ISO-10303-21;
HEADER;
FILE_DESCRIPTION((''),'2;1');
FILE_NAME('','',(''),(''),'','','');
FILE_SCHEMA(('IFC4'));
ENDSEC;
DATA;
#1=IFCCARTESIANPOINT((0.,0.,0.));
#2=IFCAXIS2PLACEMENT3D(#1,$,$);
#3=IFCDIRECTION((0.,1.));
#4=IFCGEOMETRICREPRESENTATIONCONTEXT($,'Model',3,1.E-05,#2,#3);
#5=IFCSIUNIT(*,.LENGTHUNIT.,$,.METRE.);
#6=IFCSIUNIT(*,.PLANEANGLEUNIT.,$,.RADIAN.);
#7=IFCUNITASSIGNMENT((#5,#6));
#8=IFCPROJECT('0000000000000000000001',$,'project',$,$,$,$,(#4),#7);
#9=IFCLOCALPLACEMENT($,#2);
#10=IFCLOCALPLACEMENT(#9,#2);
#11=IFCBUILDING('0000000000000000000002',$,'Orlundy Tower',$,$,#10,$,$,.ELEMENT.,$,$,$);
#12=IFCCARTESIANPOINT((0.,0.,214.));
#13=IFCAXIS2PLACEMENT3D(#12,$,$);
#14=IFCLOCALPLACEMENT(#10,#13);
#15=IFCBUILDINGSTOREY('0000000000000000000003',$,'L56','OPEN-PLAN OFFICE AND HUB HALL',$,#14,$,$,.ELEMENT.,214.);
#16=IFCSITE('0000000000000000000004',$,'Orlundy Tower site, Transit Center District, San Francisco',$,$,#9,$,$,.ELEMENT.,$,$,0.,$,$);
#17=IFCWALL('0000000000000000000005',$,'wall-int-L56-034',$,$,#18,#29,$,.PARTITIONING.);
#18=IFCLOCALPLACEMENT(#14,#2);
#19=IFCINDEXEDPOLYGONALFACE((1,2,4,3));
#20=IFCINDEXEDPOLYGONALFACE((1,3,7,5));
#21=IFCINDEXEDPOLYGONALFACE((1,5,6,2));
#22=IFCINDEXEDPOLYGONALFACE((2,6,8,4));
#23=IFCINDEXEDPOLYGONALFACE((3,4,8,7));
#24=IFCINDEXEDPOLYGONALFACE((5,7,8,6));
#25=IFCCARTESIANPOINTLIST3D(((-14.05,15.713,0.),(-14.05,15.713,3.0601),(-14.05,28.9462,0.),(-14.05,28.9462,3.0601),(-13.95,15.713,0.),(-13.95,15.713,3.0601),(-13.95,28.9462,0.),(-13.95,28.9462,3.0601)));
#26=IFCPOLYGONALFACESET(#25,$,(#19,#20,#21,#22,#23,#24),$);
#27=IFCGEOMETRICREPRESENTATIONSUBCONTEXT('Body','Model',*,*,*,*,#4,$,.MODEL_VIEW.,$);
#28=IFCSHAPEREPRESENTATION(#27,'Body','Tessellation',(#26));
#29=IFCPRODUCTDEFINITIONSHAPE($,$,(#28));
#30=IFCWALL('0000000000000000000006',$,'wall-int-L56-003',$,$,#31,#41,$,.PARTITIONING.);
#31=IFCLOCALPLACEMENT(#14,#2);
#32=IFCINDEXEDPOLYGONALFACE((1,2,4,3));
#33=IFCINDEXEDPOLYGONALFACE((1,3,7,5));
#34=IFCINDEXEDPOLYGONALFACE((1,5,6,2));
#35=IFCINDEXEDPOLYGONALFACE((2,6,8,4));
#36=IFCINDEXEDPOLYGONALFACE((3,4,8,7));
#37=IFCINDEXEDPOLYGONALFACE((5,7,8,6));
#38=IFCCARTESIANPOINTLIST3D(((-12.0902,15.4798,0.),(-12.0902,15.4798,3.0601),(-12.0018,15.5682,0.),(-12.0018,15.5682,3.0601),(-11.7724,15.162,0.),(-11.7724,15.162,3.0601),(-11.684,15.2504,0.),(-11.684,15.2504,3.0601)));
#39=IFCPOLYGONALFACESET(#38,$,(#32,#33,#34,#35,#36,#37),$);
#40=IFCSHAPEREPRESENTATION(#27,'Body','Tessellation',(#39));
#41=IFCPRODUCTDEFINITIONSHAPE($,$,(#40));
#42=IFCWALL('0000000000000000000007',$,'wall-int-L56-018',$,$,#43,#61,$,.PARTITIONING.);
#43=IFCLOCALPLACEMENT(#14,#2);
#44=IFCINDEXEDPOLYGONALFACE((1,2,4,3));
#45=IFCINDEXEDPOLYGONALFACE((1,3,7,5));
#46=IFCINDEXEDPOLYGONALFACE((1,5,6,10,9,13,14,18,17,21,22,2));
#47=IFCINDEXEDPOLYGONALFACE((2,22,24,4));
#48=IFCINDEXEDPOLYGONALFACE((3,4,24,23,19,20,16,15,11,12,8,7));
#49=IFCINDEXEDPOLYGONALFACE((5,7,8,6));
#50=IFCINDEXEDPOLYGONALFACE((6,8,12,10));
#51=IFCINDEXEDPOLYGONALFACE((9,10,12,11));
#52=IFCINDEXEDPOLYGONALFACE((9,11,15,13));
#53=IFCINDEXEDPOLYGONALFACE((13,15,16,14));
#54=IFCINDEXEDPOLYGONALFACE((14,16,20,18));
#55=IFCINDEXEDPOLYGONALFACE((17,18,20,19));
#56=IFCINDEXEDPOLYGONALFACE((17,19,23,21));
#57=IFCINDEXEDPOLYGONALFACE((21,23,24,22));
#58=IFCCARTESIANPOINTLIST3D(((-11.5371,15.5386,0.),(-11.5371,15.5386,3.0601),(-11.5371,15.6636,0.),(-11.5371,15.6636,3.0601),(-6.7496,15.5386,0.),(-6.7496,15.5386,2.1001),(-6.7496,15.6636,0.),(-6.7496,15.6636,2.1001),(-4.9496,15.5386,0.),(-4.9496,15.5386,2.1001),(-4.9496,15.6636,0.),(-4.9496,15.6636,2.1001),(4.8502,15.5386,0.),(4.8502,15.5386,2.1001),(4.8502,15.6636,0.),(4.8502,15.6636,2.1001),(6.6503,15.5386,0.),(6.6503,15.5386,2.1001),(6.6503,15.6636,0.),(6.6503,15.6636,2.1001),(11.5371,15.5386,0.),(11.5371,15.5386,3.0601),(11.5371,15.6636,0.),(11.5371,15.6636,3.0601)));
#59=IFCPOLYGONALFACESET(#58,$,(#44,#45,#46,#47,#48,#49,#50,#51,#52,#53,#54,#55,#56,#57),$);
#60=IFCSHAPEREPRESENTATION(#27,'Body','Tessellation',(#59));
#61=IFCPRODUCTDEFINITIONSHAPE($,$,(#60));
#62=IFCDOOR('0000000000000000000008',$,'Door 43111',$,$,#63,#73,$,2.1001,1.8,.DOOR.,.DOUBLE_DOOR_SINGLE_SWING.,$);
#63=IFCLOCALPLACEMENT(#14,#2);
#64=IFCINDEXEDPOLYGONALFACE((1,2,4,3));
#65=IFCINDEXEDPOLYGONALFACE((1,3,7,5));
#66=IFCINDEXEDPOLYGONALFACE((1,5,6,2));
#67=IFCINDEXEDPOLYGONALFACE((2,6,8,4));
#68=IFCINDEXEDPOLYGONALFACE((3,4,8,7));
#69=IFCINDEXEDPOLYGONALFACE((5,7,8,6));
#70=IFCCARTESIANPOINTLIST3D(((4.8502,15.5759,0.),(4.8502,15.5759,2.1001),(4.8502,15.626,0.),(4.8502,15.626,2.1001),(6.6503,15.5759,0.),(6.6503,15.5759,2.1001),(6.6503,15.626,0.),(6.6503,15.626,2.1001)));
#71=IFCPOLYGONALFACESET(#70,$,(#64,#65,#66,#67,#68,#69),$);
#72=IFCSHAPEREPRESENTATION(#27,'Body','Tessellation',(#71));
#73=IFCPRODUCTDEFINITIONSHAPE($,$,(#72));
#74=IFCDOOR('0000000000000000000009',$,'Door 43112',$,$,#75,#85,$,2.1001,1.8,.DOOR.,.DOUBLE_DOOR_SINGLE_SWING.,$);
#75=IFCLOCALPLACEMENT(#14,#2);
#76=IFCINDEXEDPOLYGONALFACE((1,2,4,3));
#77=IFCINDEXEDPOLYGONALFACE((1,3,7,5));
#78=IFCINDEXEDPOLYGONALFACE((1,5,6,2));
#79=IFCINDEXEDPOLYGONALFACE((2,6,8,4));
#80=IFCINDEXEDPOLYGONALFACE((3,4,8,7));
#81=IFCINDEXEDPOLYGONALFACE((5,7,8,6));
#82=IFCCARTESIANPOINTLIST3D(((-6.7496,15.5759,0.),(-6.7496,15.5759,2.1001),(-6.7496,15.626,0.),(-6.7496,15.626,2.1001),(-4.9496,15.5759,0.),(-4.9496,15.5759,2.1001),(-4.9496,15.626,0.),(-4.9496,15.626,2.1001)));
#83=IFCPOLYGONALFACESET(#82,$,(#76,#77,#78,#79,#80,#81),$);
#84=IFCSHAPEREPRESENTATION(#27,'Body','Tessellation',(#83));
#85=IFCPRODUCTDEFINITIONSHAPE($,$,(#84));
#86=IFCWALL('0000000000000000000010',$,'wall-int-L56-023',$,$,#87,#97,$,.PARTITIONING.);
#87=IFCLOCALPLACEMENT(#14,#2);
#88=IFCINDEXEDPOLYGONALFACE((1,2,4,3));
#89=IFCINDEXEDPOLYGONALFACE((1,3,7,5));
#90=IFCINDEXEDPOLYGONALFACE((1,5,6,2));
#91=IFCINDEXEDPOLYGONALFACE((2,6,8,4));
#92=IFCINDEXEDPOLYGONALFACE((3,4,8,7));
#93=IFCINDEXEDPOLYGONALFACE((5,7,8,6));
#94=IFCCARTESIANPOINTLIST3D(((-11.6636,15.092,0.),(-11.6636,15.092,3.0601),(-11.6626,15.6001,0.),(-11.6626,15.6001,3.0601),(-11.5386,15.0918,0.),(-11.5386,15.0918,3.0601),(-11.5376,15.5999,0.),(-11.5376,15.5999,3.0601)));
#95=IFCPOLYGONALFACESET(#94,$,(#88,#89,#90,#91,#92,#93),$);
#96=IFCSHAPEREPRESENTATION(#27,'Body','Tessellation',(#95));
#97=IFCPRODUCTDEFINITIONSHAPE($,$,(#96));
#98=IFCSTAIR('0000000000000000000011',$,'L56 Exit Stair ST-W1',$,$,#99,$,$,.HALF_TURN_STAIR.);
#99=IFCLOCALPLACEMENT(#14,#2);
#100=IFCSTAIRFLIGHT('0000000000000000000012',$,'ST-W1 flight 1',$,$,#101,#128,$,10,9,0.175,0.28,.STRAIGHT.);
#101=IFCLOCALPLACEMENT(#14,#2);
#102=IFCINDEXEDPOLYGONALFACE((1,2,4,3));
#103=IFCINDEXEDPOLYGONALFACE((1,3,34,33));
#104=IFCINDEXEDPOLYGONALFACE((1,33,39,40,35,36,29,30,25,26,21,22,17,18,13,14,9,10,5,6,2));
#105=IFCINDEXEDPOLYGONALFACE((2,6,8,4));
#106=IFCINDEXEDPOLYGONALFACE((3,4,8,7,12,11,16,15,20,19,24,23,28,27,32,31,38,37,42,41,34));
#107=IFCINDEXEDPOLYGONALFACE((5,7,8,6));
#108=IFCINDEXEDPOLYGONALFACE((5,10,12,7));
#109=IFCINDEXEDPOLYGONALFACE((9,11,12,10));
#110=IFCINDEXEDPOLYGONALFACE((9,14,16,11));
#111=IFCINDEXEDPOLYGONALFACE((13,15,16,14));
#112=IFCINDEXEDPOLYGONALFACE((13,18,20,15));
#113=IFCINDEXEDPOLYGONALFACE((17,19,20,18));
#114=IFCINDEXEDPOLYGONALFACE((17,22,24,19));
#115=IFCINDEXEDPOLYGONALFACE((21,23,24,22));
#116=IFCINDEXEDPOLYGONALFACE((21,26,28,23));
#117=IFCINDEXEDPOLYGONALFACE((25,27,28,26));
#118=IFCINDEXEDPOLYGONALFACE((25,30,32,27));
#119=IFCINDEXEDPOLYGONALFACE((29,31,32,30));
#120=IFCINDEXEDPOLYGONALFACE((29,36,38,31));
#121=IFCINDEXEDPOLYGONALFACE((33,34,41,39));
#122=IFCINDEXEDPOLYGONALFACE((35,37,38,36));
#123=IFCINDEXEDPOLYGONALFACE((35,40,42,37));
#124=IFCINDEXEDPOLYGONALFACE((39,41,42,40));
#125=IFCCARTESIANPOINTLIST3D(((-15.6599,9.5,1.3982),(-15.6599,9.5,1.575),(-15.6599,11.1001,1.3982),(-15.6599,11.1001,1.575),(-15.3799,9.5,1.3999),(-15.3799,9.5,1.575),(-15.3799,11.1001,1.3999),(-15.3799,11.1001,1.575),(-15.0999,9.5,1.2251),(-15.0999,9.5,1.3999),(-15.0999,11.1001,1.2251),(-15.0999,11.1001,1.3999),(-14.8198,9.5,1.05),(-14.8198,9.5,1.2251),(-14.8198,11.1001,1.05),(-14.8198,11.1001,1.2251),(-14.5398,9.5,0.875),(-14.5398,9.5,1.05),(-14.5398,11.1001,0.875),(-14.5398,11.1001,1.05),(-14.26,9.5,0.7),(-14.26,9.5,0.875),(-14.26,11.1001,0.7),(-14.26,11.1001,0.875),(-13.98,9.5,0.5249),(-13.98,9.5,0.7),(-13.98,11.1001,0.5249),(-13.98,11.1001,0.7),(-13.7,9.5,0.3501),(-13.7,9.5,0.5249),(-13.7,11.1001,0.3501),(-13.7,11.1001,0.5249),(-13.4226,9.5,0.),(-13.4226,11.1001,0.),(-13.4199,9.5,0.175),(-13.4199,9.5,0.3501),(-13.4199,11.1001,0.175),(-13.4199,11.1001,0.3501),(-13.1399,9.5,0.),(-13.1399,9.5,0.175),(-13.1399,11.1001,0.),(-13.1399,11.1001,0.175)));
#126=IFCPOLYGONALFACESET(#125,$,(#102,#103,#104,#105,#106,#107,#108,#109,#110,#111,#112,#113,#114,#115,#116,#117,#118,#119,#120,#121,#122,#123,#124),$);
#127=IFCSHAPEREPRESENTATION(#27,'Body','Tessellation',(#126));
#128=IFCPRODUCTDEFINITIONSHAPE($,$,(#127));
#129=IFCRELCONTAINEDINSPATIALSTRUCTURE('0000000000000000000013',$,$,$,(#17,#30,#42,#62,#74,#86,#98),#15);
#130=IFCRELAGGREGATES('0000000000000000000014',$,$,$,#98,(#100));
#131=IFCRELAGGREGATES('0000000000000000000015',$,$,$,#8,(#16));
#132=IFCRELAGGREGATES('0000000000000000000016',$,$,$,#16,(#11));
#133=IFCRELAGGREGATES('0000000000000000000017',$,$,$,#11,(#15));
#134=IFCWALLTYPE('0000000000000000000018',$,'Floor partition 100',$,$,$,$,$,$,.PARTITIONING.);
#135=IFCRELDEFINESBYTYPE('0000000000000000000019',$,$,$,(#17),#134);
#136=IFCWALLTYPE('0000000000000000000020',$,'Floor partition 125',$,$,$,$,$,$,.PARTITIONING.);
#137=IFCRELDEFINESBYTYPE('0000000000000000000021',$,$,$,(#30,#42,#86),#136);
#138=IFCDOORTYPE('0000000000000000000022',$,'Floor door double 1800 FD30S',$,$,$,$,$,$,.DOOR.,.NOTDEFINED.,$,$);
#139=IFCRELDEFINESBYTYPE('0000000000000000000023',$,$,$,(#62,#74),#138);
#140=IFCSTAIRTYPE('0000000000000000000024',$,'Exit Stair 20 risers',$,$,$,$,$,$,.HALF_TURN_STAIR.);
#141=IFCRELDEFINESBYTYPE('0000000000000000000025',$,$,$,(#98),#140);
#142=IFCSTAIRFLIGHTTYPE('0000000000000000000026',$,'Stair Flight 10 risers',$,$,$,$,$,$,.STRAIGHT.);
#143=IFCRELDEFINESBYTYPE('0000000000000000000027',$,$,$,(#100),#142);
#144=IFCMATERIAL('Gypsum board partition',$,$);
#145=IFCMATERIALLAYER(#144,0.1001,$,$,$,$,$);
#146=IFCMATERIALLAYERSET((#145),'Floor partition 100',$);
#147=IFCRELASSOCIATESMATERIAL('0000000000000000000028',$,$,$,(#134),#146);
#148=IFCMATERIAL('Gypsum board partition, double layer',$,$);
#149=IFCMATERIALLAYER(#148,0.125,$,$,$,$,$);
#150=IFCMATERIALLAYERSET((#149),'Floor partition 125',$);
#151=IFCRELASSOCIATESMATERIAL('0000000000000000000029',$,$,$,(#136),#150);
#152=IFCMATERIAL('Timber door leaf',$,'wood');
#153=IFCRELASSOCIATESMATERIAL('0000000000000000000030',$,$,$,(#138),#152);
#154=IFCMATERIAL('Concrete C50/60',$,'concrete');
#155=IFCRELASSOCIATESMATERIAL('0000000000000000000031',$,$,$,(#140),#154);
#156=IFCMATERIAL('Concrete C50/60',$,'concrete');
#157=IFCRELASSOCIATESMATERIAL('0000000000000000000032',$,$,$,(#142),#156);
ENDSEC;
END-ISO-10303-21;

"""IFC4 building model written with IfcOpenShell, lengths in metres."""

from ifc_helpers import new_model, si_unit, direction, frame, frame_2d, origin, place, context, subcontext, project, spatial, polyline, rectangle, outline, extrude, material, layer, layer_set, type_object, element, fill, aggregate, save


model = new_model("IFC4")

# Units and contexts
model_context = context("Model", 3, precision=1e-05, world=origin(), true_north=direction((0.0, 1.0)))
body_context = subcontext(model_context, "Body", "Model", "MODEL_VIEW")
ifc_project = project(units=[si_unit("LENGTHUNIT", "METRE"), si_unit("PLANEANGLEUNIT", "RADIAN")], contexts=[model_context])

# Site, building, storey
site_placement = place(None, origin())
site = spatial("IfcSite", under=ifc_project, at=site_placement, Name="Orlundy Tower site, Transit Center District, San Francisco", CompositionType="ELEMENT", RefElevation=0.0)
building_placement = place(site_placement, origin())
building = spatial("IfcBuilding", under=site, at=building_placement, Name="Orlundy Tower", CompositionType="ELEMENT")
storey_placement = place(building_placement, frame((0.0, 0.0, 214.0)))
storey = spatial("IfcBuildingStorey", under=building, at=storey_placement, Name="L56", Description="OPEN-PLAN OFFICE AND HUB HALL", CompositionType="ELEMENT", Elevation=214.0)

# Walls
ifc_material_1 = material(Name="Gypsum board partition")
ifc_layer_1 = layer(ifc_material_1, 0.1001)
ifc_layer_set_1 = layer_set([ifc_layer_1], Name="Floor partition 100")
wall_type_1 = type_object("IfcWallType", Name="Floor partition 100", PredefinedType="PARTITIONING", material=ifc_layer_set_1)
wall_1_placement = place(storey_placement, frame((-14.0, 15.7129, 0.0), z_axis=(0.0, 0.0, 1.0), x_axis=(0.0, 1.0, 0.0)))
element("IfcWall", 1, at=wall_1_placement, inside=storey, type_object=wall_type_1, Name="wall-int-L56-034", PredefinedType="PARTITIONING", context=body_context, shape_type="SweptSolid", body=[
    extrude(rectangle(XDim=13.2332, YDim=0.1001, at=frame_2d((6.6167, 0.0))), origin(), (0.0, 0.0, 1.0), 3.0601),
])
ifc_material_2 = material(Name="Gypsum board partition, double layer")
ifc_layer_2 = layer(ifc_material_2, 0.125)
ifc_layer_set_2 = layer_set([ifc_layer_2], Name="Floor partition 125")
wall_type_2 = type_object("IfcWallType", Name="Floor partition 125", PredefinedType="PARTITIONING", material=ifc_layer_set_2)
wall_2_placement = place(storey_placement, frame((-12.0459, 15.5239, 0.0), z_axis=(0.0, 0.0, 1.0), x_axis=(0.707107, -0.707107, 0.0)))
element("IfcWall", 2, at=wall_2_placement, inside=storey, type_object=wall_type_2, Name="wall-int-L56-003", PredefinedType="PARTITIONING", context=body_context, shape_type="SweptSolid", body=[
    extrude(rectangle(XDim=0.4495, YDim=0.125, at=frame_2d((0.2246, 0.0))), origin(), (0.0, 0.0, 1.0), 3.0601),
])

# Wall, openings, doors
wall_3_placement = place(storey_placement, frame((-11.5371, 15.6011, 0.0), z_axis=(0.0, 0.0, 1.0), x_axis=(1.0, 0.0, 0.0)))
wall_3 = element("IfcWall", 3, at=wall_3_placement, inside=storey, type_object=wall_type_2, Name="wall-int-L56-018", PredefinedType="PARTITIONING", context=body_context, shape_type="SweptSolid", body=[
    extrude(rectangle(XDim=23.0742, YDim=0.125, at=frame_2d((11.5371, 0.0))), origin(), (0.0, 0.0, 1.0), 3.0601),
])
opening_1_placement = place(wall_3_placement, frame((16.3875, 0.0, 0.0)))
opening_1 = element("IfcOpeningElement", 4, at=opening_1_placement, cuts=wall_3, PredefinedType="OPENING", context=body_context, shape_type="SweptSolid", body=[
    extrude(rectangle(XDim=1.8, YDim=2.1001, at=frame_2d((0.8999, 1.05))), frame((0.0, 0.0725, 0.0), z_axis=(0.0, -1.0, 0.0), x_axis=(1.0, 0.0, 0.0)), (0.0, 0.0, 1.0), 0.145),
])
opening_2_placement = place(wall_3_placement, frame((4.7876, 0.0, 0.0)))
opening_2 = element("IfcOpeningElement", 5, at=opening_2_placement, cuts=wall_3, PredefinedType="OPENING", context=body_context, shape_type="SweptSolid", body=[
    extrude(rectangle(XDim=1.8, YDim=2.1001, at=frame_2d((0.8999, 1.05))), frame((0.0, 0.0725, 0.0), z_axis=(0.0, -1.0, 0.0), x_axis=(1.0, 0.0, 0.0)), (0.0, 0.0, 1.0), 0.145),
])
ifc_material_3 = material(Name="Timber door leaf", Category="wood")
door_type = type_object("IfcDoorType", Name="Floor door double 1800 FD30S", OperationType="NOTDEFINED", PredefinedType="DOOR", material=ifc_material_3)
door_1_placement = place(opening_1_placement, origin())
door_1 = element("IfcDoor", 6, at=door_1_placement, inside=storey, type_object=door_type, Name="Door 43111", OperationType="DOUBLE_DOOR_SINGLE_SWING", OverallHeight=2.1001, OverallWidth=1.8, PredefinedType="DOOR", context=body_context, shape_type="SweptSolid", body=[
    extrude(rectangle(XDim=1.8, YDim=2.1001, at=frame_2d((0.8999, 1.05))), frame((0.0, 0.0249, 0.0), z_axis=(0.0, -1.0, 0.0), x_axis=(1.0, 0.0, 0.0)), (0.0, 0.0, 1.0), 0.05),
])
fill(opening_1, door_1)
door_2_placement = place(opening_2_placement, origin())
door_2 = element("IfcDoor", 7, at=door_2_placement, inside=storey, type_object=door_type, Name="Door 43112", OperationType="DOUBLE_DOOR_SINGLE_SWING", OverallHeight=2.1001, OverallWidth=1.8, PredefinedType="DOOR", context=body_context, shape_type="SweptSolid", body=[
    extrude(rectangle(XDim=1.8, YDim=2.1001, at=frame_2d((0.8999, 1.05))), frame((0.0, 0.0249, 0.0), z_axis=(0.0, -1.0, 0.0), x_axis=(1.0, 0.0, 0.0)), (0.0, 0.0, 1.0), 0.05),
])
fill(opening_2, door_2)

# Wall
wall_4_placement = place(storey_placement, frame((-11.6011, 15.092, 0.0), z_axis=(0.0, 0.0, 1.0), x_axis=(0.001922, 0.999998, 0.0)))
element("IfcWall", 8, at=wall_4_placement, inside=storey, type_object=wall_type_2, Name="wall-int-L56-023", PredefinedType="PARTITIONING", context=body_context, shape_type="SweptSolid", body=[
    extrude(rectangle(XDim=0.5081, YDim=0.125, at=frame_2d((0.2539, 0.0))), origin(), (0.0, 0.0, 1.0), 3.0601),
])

# Stair, stair flight
ifc_material_4 = material(Name="Concrete C50/60", Category="concrete")
stair_type = type_object("IfcStairType", Name="Exit Stair 20 risers", PredefinedType="HALF_TURN_STAIR", material=ifc_material_4)
stair_placement = place(storey_placement, origin())
stair = element("IfcStair", 9, at=stair_placement, inside=storey, type_object=stair_type, Name="L56 Exit Stair ST-W1", PredefinedType="HALF_TURN_STAIR")
ifc_material_5 = material(Name="Concrete C50/60", Category="concrete")
stair_flight_type = type_object("IfcStairFlightType", Name="Stair Flight 10 risers", PredefinedType="STRAIGHT", material=ifc_material_5)
stair_flight_placement = place(storey_placement, frame((-13.1399, 10.3, 0.0), z_axis=(0.0, 0.0, 1.0), x_axis=(-1.0, 0.0, 0.0)))
stair_flight = element("IfcStairFlight", 10, at=stair_flight_placement, type_object=stair_flight_type, Name="ST-W1 flight 1", NumberOfRisers=10, NumberOfTreads=9, PredefinedType="STRAIGHT", RiserHeight=0.175, TreadLength=0.28, context=body_context, shape_type="SweptSolid", body=[
    extrude(outline(polyline([(0.0, 0.0), (0.0, 0.175), (0.28, 0.175), (0.28, 0.3501), (0.5601, 0.3501), (0.5601, 0.5249), (0.8401, 0.5249), (0.8401, 0.7), (1.1201, 0.7), (1.1201, 0.875), (1.3999, 0.875), (1.3999, 1.05), (1.6799, 1.05), (1.6799, 1.2251), (1.96, 1.2251), (1.96, 1.3999), (2.24, 1.3999), (2.24, 1.575), (2.52, 1.575), (2.52, 1.75), (2.52, 1.3982), (0.2827, 0.0), (0.0, 0.0)])), frame((0.0, 0.8, 0.0), z_axis=(0.0, -1.0, 0.0), x_axis=(1.0, 0.0, 0.0)), (0.0, 0.0, 1.0), 1.6001),
])
aggregate(stair, [stair_flight])

save(model, "model.ifc")
